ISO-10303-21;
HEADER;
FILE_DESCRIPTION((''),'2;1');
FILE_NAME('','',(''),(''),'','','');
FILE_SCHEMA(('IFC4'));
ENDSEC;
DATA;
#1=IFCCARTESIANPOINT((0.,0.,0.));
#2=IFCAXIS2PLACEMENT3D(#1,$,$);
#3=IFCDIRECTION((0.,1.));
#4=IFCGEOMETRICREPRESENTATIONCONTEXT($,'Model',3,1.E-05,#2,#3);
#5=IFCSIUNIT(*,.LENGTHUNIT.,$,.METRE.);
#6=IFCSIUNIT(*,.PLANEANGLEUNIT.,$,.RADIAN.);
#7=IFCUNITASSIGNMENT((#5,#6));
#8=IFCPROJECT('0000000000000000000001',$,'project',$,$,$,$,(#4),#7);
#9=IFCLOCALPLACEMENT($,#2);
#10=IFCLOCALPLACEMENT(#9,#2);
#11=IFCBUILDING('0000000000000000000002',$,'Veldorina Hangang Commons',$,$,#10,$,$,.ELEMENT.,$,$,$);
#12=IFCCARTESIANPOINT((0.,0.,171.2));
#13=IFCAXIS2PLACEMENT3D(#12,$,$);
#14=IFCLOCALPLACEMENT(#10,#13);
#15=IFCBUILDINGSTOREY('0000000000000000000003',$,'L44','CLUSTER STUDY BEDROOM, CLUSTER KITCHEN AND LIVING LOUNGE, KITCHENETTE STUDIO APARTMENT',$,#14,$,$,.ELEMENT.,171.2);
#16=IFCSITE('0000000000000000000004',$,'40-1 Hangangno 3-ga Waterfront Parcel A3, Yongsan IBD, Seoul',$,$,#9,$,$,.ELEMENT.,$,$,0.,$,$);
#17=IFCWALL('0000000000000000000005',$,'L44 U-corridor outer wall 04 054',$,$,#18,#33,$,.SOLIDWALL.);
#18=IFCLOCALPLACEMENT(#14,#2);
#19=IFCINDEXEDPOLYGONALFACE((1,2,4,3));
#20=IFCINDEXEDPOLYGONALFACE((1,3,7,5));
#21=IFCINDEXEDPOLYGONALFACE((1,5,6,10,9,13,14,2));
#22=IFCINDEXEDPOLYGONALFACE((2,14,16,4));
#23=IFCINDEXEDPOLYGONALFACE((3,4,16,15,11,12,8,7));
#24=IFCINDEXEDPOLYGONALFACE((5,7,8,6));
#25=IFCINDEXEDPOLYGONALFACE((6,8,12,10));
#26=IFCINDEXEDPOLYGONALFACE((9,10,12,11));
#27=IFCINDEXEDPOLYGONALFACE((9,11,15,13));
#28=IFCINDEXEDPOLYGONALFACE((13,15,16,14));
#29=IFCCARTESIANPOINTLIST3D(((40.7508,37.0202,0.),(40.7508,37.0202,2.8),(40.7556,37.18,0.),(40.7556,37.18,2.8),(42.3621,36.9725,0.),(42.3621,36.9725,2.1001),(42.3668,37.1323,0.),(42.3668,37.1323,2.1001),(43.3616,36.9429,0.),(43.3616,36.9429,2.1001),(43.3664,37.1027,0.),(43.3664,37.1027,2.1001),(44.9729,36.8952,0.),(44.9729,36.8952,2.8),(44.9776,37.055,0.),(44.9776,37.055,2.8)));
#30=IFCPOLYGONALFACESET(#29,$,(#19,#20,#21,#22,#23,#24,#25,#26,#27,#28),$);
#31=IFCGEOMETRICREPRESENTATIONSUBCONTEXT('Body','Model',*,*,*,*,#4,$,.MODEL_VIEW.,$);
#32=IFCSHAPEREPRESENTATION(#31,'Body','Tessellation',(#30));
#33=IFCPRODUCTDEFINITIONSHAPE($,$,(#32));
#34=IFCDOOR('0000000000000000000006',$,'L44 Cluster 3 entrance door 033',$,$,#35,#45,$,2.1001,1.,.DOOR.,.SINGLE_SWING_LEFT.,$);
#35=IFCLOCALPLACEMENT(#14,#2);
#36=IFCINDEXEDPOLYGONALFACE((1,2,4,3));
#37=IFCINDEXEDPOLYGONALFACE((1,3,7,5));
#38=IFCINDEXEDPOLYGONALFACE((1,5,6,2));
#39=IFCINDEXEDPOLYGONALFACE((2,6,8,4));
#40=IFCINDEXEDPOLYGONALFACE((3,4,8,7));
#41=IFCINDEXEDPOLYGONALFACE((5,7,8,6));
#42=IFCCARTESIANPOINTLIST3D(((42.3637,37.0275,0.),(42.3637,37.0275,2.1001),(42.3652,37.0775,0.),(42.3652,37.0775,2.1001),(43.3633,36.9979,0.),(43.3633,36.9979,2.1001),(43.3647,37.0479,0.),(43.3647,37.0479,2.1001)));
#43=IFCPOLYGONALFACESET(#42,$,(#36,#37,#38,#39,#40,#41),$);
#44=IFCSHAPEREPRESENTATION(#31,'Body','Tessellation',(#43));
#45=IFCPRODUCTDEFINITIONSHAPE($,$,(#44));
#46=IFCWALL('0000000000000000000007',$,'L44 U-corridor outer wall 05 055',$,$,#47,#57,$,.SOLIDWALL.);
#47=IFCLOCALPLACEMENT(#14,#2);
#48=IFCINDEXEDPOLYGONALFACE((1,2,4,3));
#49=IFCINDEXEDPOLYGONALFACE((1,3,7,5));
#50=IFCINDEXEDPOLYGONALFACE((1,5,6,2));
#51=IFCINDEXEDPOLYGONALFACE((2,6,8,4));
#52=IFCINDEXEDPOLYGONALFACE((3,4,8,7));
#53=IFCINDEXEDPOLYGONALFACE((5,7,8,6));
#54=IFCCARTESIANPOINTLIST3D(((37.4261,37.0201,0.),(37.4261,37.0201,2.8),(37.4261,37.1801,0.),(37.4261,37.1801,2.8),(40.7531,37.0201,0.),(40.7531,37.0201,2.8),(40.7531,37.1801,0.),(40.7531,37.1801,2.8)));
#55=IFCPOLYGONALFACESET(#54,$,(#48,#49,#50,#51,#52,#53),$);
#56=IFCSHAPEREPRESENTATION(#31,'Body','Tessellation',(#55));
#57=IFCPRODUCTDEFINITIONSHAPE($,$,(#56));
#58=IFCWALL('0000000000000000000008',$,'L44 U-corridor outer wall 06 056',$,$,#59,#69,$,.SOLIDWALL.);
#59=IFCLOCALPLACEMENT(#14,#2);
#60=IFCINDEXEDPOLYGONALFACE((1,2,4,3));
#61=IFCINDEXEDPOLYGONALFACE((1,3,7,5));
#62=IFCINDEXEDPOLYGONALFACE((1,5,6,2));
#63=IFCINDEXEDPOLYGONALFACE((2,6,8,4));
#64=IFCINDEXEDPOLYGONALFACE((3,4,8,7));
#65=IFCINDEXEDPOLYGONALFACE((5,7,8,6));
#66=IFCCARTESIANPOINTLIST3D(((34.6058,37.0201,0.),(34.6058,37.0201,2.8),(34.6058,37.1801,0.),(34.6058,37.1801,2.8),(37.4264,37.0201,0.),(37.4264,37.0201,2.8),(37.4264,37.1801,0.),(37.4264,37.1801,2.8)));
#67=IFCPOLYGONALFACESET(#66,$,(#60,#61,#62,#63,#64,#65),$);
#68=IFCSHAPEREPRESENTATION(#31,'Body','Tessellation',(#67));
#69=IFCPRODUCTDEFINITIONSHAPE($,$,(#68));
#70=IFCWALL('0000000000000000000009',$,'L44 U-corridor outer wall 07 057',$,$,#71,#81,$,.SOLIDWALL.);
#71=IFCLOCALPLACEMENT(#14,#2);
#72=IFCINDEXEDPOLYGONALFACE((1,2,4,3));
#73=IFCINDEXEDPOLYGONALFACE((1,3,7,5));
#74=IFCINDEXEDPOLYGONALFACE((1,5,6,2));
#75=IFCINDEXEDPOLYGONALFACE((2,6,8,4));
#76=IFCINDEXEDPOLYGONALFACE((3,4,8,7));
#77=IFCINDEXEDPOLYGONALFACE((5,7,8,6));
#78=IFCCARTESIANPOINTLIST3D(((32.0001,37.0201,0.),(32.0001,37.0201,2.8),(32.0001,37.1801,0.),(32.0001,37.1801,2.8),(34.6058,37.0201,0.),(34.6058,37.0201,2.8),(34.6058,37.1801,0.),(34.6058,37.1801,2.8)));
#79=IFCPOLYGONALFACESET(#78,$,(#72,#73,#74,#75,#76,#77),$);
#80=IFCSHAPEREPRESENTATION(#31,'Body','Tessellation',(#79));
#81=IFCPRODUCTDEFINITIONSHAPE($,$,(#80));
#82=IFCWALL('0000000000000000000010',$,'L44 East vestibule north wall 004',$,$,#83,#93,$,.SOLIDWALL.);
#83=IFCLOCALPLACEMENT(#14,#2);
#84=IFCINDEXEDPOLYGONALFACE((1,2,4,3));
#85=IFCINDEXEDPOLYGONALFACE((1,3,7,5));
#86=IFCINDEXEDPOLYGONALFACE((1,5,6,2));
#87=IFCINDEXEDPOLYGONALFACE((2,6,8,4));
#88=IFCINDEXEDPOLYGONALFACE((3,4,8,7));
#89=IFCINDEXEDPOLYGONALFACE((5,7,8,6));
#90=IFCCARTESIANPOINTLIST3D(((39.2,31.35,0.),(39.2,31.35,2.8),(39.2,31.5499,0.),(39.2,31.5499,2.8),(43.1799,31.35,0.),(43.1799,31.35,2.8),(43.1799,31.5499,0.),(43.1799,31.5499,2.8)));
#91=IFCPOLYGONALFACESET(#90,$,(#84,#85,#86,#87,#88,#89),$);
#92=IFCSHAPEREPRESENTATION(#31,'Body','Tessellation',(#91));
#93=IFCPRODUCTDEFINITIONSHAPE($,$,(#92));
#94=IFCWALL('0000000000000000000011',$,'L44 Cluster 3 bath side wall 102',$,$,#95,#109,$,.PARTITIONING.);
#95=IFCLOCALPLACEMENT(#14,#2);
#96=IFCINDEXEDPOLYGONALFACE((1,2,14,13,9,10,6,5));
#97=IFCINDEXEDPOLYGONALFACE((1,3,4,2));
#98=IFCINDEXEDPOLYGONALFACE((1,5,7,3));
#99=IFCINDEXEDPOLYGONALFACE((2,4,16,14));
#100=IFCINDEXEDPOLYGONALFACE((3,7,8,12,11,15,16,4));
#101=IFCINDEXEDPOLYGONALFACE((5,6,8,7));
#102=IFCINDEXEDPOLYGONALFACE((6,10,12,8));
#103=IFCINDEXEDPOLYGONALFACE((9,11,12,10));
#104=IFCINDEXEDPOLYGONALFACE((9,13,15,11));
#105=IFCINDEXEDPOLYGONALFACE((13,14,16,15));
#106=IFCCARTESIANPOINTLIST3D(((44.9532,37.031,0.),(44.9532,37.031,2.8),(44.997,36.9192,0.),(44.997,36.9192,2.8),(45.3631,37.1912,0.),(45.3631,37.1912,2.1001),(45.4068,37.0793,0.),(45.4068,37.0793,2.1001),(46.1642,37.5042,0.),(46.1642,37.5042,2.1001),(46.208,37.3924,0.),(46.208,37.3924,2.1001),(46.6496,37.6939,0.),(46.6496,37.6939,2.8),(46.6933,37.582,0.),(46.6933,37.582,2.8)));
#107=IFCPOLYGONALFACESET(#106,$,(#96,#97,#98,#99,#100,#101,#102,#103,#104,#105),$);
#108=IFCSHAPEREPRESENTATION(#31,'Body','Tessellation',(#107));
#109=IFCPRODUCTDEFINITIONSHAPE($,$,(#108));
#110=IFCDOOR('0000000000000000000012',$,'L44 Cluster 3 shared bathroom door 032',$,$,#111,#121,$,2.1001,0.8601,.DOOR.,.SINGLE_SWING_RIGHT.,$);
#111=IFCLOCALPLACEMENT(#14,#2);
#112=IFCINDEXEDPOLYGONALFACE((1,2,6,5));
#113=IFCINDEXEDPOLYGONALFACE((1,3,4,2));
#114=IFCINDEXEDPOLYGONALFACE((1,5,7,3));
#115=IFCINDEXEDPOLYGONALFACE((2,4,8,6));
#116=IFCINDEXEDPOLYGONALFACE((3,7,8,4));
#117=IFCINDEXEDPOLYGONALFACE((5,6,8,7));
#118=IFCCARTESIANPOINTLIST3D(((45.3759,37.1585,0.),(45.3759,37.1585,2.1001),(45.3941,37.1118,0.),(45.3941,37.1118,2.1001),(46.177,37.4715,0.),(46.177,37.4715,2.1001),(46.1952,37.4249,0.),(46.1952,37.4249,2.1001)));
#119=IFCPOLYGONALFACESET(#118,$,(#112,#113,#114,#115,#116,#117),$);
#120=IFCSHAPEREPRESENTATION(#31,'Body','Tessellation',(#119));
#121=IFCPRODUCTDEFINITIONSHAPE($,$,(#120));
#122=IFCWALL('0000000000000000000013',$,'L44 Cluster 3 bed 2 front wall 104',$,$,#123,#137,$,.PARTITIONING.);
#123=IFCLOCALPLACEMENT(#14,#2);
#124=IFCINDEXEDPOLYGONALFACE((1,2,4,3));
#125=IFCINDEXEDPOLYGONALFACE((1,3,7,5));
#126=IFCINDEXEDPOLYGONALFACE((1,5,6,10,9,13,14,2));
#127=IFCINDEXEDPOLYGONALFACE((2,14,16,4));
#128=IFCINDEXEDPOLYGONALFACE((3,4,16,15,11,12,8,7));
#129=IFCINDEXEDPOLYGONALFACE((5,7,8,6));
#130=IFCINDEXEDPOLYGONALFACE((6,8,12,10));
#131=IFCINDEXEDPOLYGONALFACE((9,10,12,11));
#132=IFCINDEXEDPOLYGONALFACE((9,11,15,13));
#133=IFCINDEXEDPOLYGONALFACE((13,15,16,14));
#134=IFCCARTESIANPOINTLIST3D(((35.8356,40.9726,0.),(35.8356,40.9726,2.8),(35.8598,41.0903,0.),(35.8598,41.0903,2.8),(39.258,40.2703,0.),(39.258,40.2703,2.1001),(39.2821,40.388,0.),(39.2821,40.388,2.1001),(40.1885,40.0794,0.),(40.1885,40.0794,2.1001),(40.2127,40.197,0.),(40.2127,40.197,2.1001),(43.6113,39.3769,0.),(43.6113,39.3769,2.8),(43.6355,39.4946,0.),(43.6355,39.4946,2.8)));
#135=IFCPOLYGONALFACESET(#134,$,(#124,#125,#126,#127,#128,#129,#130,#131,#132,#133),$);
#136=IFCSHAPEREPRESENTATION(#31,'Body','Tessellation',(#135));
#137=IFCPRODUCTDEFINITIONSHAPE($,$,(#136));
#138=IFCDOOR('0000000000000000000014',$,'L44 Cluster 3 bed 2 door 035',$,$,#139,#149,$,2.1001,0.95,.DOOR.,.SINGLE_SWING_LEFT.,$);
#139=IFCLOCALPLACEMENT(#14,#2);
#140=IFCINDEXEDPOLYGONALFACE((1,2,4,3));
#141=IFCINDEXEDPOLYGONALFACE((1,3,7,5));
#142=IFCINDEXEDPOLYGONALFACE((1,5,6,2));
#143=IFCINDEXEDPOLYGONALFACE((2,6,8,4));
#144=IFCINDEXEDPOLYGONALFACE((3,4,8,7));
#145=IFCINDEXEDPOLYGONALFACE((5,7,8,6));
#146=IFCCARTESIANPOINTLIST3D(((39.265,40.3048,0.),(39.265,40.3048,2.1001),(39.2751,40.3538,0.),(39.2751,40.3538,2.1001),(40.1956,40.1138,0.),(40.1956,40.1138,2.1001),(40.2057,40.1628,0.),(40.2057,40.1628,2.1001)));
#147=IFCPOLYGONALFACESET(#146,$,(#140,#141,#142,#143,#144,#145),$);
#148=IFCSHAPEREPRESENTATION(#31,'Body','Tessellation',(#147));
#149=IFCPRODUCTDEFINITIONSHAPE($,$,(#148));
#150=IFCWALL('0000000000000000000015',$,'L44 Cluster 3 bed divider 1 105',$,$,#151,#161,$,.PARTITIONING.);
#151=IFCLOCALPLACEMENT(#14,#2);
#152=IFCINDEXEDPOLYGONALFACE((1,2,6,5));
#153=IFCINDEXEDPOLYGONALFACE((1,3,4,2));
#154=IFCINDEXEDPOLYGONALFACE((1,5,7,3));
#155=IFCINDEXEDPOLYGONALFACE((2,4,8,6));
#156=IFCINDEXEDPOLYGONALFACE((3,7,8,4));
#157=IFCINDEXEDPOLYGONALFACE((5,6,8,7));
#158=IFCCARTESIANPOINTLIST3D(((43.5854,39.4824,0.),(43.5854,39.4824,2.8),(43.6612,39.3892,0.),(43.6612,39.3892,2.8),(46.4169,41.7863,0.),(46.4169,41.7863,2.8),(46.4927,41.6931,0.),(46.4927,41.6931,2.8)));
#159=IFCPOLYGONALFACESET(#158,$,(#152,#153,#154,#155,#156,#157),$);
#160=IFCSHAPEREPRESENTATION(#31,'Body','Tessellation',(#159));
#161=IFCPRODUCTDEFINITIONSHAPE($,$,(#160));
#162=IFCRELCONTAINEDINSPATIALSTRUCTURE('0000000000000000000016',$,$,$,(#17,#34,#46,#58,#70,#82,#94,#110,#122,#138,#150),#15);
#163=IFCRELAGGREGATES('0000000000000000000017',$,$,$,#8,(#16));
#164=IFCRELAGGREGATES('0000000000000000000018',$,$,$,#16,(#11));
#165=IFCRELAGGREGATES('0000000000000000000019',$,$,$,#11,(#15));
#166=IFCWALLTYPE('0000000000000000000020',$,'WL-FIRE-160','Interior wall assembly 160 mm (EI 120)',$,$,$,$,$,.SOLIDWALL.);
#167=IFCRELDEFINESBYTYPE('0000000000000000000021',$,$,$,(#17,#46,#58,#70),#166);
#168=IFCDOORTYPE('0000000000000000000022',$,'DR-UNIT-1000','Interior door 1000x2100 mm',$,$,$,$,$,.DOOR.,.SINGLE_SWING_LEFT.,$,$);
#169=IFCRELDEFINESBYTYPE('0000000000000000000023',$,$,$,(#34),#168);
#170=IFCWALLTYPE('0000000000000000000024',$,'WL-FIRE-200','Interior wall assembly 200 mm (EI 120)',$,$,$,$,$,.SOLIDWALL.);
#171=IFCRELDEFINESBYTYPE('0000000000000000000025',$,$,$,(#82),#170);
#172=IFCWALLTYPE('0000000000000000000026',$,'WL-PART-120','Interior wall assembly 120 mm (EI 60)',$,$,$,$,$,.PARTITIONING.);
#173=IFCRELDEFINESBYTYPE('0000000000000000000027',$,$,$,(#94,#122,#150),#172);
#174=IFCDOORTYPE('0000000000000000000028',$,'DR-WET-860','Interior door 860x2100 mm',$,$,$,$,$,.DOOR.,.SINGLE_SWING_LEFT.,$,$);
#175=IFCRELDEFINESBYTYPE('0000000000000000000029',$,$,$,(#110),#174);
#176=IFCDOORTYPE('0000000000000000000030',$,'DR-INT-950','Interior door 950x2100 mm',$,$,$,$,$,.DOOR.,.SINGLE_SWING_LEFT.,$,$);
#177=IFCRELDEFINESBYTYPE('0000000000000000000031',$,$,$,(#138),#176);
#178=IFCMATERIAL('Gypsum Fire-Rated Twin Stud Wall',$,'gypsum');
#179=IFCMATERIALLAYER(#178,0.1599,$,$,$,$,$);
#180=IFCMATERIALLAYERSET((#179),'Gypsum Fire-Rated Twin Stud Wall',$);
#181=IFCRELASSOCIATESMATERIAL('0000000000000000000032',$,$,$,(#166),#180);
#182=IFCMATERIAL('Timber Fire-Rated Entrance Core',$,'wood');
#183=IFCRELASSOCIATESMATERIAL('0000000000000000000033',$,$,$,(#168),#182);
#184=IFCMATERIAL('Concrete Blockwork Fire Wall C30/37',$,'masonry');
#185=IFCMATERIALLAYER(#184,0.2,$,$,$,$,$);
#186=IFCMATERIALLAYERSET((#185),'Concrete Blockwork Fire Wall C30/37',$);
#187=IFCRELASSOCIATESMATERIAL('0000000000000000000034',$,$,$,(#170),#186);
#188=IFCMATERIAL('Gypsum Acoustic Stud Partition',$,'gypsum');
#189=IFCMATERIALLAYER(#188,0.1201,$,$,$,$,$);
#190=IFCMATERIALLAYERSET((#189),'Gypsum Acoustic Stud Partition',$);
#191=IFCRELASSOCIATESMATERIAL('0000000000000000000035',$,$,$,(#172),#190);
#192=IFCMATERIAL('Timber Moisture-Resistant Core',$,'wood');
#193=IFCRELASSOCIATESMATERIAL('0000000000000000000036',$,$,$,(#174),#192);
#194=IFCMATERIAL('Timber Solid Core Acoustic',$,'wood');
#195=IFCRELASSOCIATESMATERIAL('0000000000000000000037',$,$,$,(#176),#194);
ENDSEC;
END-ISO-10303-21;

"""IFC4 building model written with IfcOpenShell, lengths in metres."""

from ifc_helpers import new_model, si_unit, direction, frame, frame_2d, origin, place, context, subcontext, project, spatial, rectangle, extrude, material, layer, layer_set, type_object, element, fill, save


model = new_model("IFC4")

# Units and contexts
model_context = context("Model", 3, precision=1e-05, world=origin(), true_north=direction((0.0, 1.0)))
body_context = subcontext(model_context, "Body", "Model", "MODEL_VIEW")
ifc_project = project(units=[si_unit("LENGTHUNIT", "METRE"), si_unit("PLANEANGLEUNIT", "RADIAN")], contexts=[model_context])

# Site, building, storey
site_placement = place(None, origin())
site = spatial("IfcSite", under=ifc_project, at=site_placement, Name="40-1 Hangangno 3-ga Waterfront Parcel A3, Yongsan IBD, Seoul", CompositionType="ELEMENT", RefElevation=0.0)
building_placement = place(site_placement, origin())
building = spatial("IfcBuilding", under=site, at=building_placement, Name="Veldorina Hangang Commons", CompositionType="ELEMENT")
storey_placement = place(building_placement, frame((0.0, 0.0, 171.2)))
storey = spatial("IfcBuildingStorey", under=building, at=storey_placement, Name="L44", Description="CLUSTER STUDY BEDROOM, CLUSTER KITCHEN AND LIVING LOUNGE, KITCHENETTE STUDIO APARTMENT", CompositionType="ELEMENT", Elevation=171.2)

# Shared definitions
ifc_material_1 = material(Name="Gypsum Fire-Rated Twin Stud Wall", Category="gypsum")
ifc_layer_1 = layer(ifc_material_1, 0.1599)
ifc_layer_set_1 = layer_set([ifc_layer_1], Name="Gypsum Fire-Rated Twin Stud Wall")
wall_type_1 = type_object("IfcWallType", Name="WL-FIRE-160", Description="Interior wall assembly 160 mm (EI 120)", PredefinedType="SOLIDWALL", material=ifc_layer_set_1)

# Wall, opening, door
wall_1_placement = place(storey_placement, frame((44.9751, 36.9751, 0.0), z_axis=(0.0, 0.0, 1.0), x_axis=(-0.999562, 0.029594, 0.0)))
wall_1 = element("IfcWall", 1, at=wall_1_placement, inside=storey, type_object=wall_type_1, Name="L44 U-corridor outer wall 04 054", PredefinedType="SOLIDWALL", context=body_context, shape_type="SweptSolid", body=[
    extrude(rectangle(XDim=4.2239, YDim=0.1599, at=frame_2d((2.1118, 0.0))), origin(), (0.0, 0.0, 1.0), 2.8),
])
opening_1_placement = place(wall_1_placement, frame((1.6118, 0.0, 0.0)))
opening_1 = element("IfcOpeningElement", 2, at=opening_1_placement, cuts=wall_1, PredefinedType="OPENING", context=body_context, shape_type="SweptSolid", body=[
    extrude(rectangle(XDim=1.0, YDim=2.1001, at=frame_2d((0.5, 1.05))), frame((0.0, 0.0898, 0.0), z_axis=(0.0, -1.0, 0.0), x_axis=(1.0, 0.0, 0.0)), (0.0, 0.0, 1.0), 0.1799),
])
ifc_material_2 = material(Name="Timber Fire-Rated Entrance Core", Category="wood")
door_type_1 = type_object("IfcDoorType", Name="DR-UNIT-1000", Description="Interior door 1000x2100 mm", OperationType="SINGLE_SWING_LEFT", PredefinedType="DOOR", material=ifc_material_2)
door_1_placement = place(opening_1_placement, origin())
door_1 = element("IfcDoor", 3, at=door_1_placement, inside=storey, type_object=door_type_1, Name="L44 Cluster 3 entrance door 033", OperationType="SINGLE_SWING_LEFT", OverallHeight=2.1001, OverallWidth=1.0, PredefinedType="DOOR", context=body_context, shape_type="SweptSolid", body=[
    extrude(rectangle(XDim=1.0, YDim=2.1001, at=frame_2d((0.5, 1.05))), frame((0.0, 0.0249, 0.0), z_axis=(0.0, -1.0, 0.0), x_axis=(1.0, 0.0, 0.0)), (0.0, 0.0, 1.0), 0.05),
])
fill(opening_1, door_1)

# Walls
wall_2_placement = place(storey_placement, frame((40.7532, 37.1001, 0.0), z_axis=(0.0, 0.0, 1.0), x_axis=(-1.0, 0.0, 0.0)))
element("IfcWall", 4, at=wall_2_placement, inside=storey, type_object=wall_type_1, Name="L44 U-corridor outer wall 05 055", PredefinedType="SOLIDWALL", context=body_context, shape_type="SweptSolid", body=[
    extrude(rectangle(XDim=3.3269, YDim=0.1599, at=frame_2d((1.6636, 0.0))), origin(), (0.0, 0.0, 1.0), 2.8),
])
wall_3_placement = place(storey_placement, frame((37.4263, 37.1001, 0.0), z_axis=(0.0, 0.0, 1.0), x_axis=(-1.0, 0.0, 0.0)))
element("IfcWall", 5, at=wall_3_placement, inside=storey, type_object=wall_type_1, Name="L44 U-corridor outer wall 06 056", PredefinedType="SOLIDWALL", context=body_context, shape_type="SweptSolid", body=[
    extrude(rectangle(XDim=2.8206, YDim=0.1599, at=frame_2d((1.4102, 0.0))), origin(), (0.0, 0.0, 1.0), 2.8),
])
wall_4_placement = place(storey_placement, frame((34.6057, 37.1001, 0.0), z_axis=(0.0, 0.0, 1.0), x_axis=(-1.0, 0.0, 0.0)))
element("IfcWall", 6, at=wall_4_placement, inside=storey, type_object=wall_type_1, Name="L44 U-corridor outer wall 07 057", PredefinedType="SOLIDWALL", context=body_context, shape_type="SweptSolid", body=[
    extrude(rectangle(XDim=2.6057, YDim=0.1599, at=frame_2d((1.3027, 0.0))), origin(), (0.0, 0.0, 1.0), 2.8),
])
ifc_material_3 = material(Name="Concrete Blockwork Fire Wall C30/37", Category="masonry")
ifc_layer_2 = layer(ifc_material_3, 0.2)
ifc_layer_set_2 = layer_set([ifc_layer_2], Name="Concrete Blockwork Fire Wall C30/37")
wall_type_2 = type_object("IfcWallType", Name="WL-FIRE-200", Description="Interior wall assembly 200 mm (EI 120)", PredefinedType="SOLIDWALL", material=ifc_layer_set_2)
wall_5_placement = place(storey_placement, frame((39.2, 31.45, 0.0), z_axis=(0.0, 0.0, 1.0), x_axis=(1.0, 0.0, 0.0)))
element("IfcWall", 7, at=wall_5_placement, inside=storey, type_object=wall_type_2, Name="L44 East vestibule north wall 004", PredefinedType="SOLIDWALL", context=body_context, shape_type="SweptSolid", body=[
    extrude(rectangle(XDim=3.98, YDim=0.2, at=frame_2d((1.99, 0.0))), origin(), (0.0, 0.0, 1.0), 2.8),
])

# Walls, openings, doors
ifc_material_4 = material(Name="Gypsum Acoustic Stud Partition", Category="gypsum")
ifc_layer_3 = layer(ifc_material_4, 0.1201)
ifc_layer_set_3 = layer_set([ifc_layer_3], Name="Gypsum Acoustic Stud Partition")
wall_type_3 = type_object("IfcWallType", Name="WL-PART-120", Description="Interior wall assembly 120 mm (EI 60)", PredefinedType="PARTITIONING", material=ifc_layer_set_3)
wall_6_placement = place(storey_placement, frame((44.9751, 36.9751, 0.0), z_axis=(0.0, 0.0, 1.0), x_axis=(0.931415, 0.36396, 0.0)))
wall_6 = element("IfcWall", 8, at=wall_6_placement, inside=storey, type_object=wall_type_3, Name="L44 Cluster 3 bath side wall 102", PredefinedType="PARTITIONING", context=body_context, shape_type="SweptSolid", body=[
    extrude(rectangle(XDim=1.8213, YDim=0.1201, at=frame_2d((0.9106, 0.0))), origin(), (0.0, 0.0, 1.0), 2.8),
])
opening_2_placement = place(wall_6_placement, frame((0.4399, 0.0, 0.0)))
opening_2 = element("IfcOpeningElement", 9, at=opening_2_placement, cuts=wall_6, PredefinedType="OPENING", context=body_context, shape_type="SweptSolid", body=[
    extrude(rectangle(XDim=0.8601, YDim=2.1001, at=frame_2d((0.4302, 1.05))), frame((0.0, 0.0701, 0.0), z_axis=(0.0, -1.0, 0.0), x_axis=(1.0, 0.0, 0.0)), (0.0, 0.0, 1.0), 0.1401),
])
ifc_material_5 = material(Name="Timber Moisture-Resistant Core", Category="wood")
door_type_2 = type_object("IfcDoorType", Name="DR-WET-860", Description="Interior door 860x2100 mm", OperationType="SINGLE_SWING_LEFT", PredefinedType="DOOR", material=ifc_material_5)
door_2_placement = place(opening_2_placement, origin())
door_2 = element("IfcDoor", 10, at=door_2_placement, inside=storey, type_object=door_type_2, Name="L44 Cluster 3 shared bathroom door 032", OperationType="SINGLE_SWING_RIGHT", OverallHeight=2.1001, OverallWidth=0.8601, PredefinedType="DOOR", context=body_context, shape_type="SweptSolid", body=[
    extrude(rectangle(XDim=0.8601, YDim=2.1001, at=frame_2d((0.4302, 1.05))), frame((0.0, 0.0249, 0.0), z_axis=(0.0, -1.0, 0.0), x_axis=(1.0, 0.0, 0.0)), (0.0, 0.0, 1.0), 0.05),
])
fill(opening_2, door_2)
wall_7_placement = place(storey_placement, frame((43.6233, 39.4358, 0.0), z_axis=(0.0, 0.0, 1.0), x_axis=(-0.979585, 0.201029, 0.0)))
wall_7 = element("IfcWall", 11, at=wall_7_placement, inside=storey, type_object=wall_type_3, Name="L44 Cluster 3 bed 2 front wall 104", PredefinedType="PARTITIONING", context=body_context, shape_type="SweptSolid", body=[
    extrude(rectangle(XDim=7.9377, YDim=0.1201, at=frame_2d((3.9688, 0.0))), origin(), (0.0, 0.0, 1.0), 2.8),
])
opening_3_placement = place(wall_7_placement, frame((3.4939, 0.0, 0.0)))
opening_3 = element("IfcOpeningElement", 12, at=opening_3_placement, cuts=wall_7, PredefinedType="OPENING", context=body_context, shape_type="SweptSolid", body=[
    extrude(rectangle(XDim=0.95, YDim=2.1001, at=frame_2d((0.4751, 1.05))), frame((0.0, 0.0701, 0.0), z_axis=(0.0, -1.0, 0.0), x_axis=(1.0, 0.0, 0.0)), (0.0, 0.0, 1.0), 0.1401),
])
ifc_material_6 = material(Name="Timber Solid Core Acoustic", Category="wood")
door_type_3 = type_object("IfcDoorType", Name="DR-INT-950", Description="Interior door 950x2100 mm", OperationType="SINGLE_SWING_LEFT", PredefinedType="DOOR", material=ifc_material_6)
door_3_placement = place(opening_3_placement, origin())
door_3 = element("IfcDoor", 13, at=door_3_placement, inside=storey, type_object=door_type_3, Name="L44 Cluster 3 bed 2 door 035", OperationType="SINGLE_SWING_LEFT", OverallHeight=2.1001, OverallWidth=0.95, PredefinedType="DOOR", context=body_context, shape_type="SweptSolid", body=[
    extrude(rectangle(XDim=0.95, YDim=2.1001, at=frame_2d((0.4751, 1.05))), frame((0.0, 0.0249, 0.0), z_axis=(0.0, -1.0, 0.0), x_axis=(1.0, 0.0, 0.0)), (0.0, 0.0, 1.0), 0.05),
])
fill(opening_3, door_3)

# Wall
wall_8_placement = place(storey_placement, frame((43.6233, 39.4358, 0.0), z_axis=(0.0, 0.0, 1.0), x_axis=(0.775668, 0.631141, 0.0)))
element("IfcWall", 14, at=wall_8_placement, inside=storey, type_object=wall_type_3, Name="L44 Cluster 3 bed divider 1 105", PredefinedType="PARTITIONING", context=body_context, shape_type="SweptSolid", body=[
    extrude(rectangle(XDim=3.6504, YDim=0.1201, at=frame_2d((1.8252, 0.0))), origin(), (0.0, 0.0, 1.0), 2.8),
])

save(model, "model.ifc")
